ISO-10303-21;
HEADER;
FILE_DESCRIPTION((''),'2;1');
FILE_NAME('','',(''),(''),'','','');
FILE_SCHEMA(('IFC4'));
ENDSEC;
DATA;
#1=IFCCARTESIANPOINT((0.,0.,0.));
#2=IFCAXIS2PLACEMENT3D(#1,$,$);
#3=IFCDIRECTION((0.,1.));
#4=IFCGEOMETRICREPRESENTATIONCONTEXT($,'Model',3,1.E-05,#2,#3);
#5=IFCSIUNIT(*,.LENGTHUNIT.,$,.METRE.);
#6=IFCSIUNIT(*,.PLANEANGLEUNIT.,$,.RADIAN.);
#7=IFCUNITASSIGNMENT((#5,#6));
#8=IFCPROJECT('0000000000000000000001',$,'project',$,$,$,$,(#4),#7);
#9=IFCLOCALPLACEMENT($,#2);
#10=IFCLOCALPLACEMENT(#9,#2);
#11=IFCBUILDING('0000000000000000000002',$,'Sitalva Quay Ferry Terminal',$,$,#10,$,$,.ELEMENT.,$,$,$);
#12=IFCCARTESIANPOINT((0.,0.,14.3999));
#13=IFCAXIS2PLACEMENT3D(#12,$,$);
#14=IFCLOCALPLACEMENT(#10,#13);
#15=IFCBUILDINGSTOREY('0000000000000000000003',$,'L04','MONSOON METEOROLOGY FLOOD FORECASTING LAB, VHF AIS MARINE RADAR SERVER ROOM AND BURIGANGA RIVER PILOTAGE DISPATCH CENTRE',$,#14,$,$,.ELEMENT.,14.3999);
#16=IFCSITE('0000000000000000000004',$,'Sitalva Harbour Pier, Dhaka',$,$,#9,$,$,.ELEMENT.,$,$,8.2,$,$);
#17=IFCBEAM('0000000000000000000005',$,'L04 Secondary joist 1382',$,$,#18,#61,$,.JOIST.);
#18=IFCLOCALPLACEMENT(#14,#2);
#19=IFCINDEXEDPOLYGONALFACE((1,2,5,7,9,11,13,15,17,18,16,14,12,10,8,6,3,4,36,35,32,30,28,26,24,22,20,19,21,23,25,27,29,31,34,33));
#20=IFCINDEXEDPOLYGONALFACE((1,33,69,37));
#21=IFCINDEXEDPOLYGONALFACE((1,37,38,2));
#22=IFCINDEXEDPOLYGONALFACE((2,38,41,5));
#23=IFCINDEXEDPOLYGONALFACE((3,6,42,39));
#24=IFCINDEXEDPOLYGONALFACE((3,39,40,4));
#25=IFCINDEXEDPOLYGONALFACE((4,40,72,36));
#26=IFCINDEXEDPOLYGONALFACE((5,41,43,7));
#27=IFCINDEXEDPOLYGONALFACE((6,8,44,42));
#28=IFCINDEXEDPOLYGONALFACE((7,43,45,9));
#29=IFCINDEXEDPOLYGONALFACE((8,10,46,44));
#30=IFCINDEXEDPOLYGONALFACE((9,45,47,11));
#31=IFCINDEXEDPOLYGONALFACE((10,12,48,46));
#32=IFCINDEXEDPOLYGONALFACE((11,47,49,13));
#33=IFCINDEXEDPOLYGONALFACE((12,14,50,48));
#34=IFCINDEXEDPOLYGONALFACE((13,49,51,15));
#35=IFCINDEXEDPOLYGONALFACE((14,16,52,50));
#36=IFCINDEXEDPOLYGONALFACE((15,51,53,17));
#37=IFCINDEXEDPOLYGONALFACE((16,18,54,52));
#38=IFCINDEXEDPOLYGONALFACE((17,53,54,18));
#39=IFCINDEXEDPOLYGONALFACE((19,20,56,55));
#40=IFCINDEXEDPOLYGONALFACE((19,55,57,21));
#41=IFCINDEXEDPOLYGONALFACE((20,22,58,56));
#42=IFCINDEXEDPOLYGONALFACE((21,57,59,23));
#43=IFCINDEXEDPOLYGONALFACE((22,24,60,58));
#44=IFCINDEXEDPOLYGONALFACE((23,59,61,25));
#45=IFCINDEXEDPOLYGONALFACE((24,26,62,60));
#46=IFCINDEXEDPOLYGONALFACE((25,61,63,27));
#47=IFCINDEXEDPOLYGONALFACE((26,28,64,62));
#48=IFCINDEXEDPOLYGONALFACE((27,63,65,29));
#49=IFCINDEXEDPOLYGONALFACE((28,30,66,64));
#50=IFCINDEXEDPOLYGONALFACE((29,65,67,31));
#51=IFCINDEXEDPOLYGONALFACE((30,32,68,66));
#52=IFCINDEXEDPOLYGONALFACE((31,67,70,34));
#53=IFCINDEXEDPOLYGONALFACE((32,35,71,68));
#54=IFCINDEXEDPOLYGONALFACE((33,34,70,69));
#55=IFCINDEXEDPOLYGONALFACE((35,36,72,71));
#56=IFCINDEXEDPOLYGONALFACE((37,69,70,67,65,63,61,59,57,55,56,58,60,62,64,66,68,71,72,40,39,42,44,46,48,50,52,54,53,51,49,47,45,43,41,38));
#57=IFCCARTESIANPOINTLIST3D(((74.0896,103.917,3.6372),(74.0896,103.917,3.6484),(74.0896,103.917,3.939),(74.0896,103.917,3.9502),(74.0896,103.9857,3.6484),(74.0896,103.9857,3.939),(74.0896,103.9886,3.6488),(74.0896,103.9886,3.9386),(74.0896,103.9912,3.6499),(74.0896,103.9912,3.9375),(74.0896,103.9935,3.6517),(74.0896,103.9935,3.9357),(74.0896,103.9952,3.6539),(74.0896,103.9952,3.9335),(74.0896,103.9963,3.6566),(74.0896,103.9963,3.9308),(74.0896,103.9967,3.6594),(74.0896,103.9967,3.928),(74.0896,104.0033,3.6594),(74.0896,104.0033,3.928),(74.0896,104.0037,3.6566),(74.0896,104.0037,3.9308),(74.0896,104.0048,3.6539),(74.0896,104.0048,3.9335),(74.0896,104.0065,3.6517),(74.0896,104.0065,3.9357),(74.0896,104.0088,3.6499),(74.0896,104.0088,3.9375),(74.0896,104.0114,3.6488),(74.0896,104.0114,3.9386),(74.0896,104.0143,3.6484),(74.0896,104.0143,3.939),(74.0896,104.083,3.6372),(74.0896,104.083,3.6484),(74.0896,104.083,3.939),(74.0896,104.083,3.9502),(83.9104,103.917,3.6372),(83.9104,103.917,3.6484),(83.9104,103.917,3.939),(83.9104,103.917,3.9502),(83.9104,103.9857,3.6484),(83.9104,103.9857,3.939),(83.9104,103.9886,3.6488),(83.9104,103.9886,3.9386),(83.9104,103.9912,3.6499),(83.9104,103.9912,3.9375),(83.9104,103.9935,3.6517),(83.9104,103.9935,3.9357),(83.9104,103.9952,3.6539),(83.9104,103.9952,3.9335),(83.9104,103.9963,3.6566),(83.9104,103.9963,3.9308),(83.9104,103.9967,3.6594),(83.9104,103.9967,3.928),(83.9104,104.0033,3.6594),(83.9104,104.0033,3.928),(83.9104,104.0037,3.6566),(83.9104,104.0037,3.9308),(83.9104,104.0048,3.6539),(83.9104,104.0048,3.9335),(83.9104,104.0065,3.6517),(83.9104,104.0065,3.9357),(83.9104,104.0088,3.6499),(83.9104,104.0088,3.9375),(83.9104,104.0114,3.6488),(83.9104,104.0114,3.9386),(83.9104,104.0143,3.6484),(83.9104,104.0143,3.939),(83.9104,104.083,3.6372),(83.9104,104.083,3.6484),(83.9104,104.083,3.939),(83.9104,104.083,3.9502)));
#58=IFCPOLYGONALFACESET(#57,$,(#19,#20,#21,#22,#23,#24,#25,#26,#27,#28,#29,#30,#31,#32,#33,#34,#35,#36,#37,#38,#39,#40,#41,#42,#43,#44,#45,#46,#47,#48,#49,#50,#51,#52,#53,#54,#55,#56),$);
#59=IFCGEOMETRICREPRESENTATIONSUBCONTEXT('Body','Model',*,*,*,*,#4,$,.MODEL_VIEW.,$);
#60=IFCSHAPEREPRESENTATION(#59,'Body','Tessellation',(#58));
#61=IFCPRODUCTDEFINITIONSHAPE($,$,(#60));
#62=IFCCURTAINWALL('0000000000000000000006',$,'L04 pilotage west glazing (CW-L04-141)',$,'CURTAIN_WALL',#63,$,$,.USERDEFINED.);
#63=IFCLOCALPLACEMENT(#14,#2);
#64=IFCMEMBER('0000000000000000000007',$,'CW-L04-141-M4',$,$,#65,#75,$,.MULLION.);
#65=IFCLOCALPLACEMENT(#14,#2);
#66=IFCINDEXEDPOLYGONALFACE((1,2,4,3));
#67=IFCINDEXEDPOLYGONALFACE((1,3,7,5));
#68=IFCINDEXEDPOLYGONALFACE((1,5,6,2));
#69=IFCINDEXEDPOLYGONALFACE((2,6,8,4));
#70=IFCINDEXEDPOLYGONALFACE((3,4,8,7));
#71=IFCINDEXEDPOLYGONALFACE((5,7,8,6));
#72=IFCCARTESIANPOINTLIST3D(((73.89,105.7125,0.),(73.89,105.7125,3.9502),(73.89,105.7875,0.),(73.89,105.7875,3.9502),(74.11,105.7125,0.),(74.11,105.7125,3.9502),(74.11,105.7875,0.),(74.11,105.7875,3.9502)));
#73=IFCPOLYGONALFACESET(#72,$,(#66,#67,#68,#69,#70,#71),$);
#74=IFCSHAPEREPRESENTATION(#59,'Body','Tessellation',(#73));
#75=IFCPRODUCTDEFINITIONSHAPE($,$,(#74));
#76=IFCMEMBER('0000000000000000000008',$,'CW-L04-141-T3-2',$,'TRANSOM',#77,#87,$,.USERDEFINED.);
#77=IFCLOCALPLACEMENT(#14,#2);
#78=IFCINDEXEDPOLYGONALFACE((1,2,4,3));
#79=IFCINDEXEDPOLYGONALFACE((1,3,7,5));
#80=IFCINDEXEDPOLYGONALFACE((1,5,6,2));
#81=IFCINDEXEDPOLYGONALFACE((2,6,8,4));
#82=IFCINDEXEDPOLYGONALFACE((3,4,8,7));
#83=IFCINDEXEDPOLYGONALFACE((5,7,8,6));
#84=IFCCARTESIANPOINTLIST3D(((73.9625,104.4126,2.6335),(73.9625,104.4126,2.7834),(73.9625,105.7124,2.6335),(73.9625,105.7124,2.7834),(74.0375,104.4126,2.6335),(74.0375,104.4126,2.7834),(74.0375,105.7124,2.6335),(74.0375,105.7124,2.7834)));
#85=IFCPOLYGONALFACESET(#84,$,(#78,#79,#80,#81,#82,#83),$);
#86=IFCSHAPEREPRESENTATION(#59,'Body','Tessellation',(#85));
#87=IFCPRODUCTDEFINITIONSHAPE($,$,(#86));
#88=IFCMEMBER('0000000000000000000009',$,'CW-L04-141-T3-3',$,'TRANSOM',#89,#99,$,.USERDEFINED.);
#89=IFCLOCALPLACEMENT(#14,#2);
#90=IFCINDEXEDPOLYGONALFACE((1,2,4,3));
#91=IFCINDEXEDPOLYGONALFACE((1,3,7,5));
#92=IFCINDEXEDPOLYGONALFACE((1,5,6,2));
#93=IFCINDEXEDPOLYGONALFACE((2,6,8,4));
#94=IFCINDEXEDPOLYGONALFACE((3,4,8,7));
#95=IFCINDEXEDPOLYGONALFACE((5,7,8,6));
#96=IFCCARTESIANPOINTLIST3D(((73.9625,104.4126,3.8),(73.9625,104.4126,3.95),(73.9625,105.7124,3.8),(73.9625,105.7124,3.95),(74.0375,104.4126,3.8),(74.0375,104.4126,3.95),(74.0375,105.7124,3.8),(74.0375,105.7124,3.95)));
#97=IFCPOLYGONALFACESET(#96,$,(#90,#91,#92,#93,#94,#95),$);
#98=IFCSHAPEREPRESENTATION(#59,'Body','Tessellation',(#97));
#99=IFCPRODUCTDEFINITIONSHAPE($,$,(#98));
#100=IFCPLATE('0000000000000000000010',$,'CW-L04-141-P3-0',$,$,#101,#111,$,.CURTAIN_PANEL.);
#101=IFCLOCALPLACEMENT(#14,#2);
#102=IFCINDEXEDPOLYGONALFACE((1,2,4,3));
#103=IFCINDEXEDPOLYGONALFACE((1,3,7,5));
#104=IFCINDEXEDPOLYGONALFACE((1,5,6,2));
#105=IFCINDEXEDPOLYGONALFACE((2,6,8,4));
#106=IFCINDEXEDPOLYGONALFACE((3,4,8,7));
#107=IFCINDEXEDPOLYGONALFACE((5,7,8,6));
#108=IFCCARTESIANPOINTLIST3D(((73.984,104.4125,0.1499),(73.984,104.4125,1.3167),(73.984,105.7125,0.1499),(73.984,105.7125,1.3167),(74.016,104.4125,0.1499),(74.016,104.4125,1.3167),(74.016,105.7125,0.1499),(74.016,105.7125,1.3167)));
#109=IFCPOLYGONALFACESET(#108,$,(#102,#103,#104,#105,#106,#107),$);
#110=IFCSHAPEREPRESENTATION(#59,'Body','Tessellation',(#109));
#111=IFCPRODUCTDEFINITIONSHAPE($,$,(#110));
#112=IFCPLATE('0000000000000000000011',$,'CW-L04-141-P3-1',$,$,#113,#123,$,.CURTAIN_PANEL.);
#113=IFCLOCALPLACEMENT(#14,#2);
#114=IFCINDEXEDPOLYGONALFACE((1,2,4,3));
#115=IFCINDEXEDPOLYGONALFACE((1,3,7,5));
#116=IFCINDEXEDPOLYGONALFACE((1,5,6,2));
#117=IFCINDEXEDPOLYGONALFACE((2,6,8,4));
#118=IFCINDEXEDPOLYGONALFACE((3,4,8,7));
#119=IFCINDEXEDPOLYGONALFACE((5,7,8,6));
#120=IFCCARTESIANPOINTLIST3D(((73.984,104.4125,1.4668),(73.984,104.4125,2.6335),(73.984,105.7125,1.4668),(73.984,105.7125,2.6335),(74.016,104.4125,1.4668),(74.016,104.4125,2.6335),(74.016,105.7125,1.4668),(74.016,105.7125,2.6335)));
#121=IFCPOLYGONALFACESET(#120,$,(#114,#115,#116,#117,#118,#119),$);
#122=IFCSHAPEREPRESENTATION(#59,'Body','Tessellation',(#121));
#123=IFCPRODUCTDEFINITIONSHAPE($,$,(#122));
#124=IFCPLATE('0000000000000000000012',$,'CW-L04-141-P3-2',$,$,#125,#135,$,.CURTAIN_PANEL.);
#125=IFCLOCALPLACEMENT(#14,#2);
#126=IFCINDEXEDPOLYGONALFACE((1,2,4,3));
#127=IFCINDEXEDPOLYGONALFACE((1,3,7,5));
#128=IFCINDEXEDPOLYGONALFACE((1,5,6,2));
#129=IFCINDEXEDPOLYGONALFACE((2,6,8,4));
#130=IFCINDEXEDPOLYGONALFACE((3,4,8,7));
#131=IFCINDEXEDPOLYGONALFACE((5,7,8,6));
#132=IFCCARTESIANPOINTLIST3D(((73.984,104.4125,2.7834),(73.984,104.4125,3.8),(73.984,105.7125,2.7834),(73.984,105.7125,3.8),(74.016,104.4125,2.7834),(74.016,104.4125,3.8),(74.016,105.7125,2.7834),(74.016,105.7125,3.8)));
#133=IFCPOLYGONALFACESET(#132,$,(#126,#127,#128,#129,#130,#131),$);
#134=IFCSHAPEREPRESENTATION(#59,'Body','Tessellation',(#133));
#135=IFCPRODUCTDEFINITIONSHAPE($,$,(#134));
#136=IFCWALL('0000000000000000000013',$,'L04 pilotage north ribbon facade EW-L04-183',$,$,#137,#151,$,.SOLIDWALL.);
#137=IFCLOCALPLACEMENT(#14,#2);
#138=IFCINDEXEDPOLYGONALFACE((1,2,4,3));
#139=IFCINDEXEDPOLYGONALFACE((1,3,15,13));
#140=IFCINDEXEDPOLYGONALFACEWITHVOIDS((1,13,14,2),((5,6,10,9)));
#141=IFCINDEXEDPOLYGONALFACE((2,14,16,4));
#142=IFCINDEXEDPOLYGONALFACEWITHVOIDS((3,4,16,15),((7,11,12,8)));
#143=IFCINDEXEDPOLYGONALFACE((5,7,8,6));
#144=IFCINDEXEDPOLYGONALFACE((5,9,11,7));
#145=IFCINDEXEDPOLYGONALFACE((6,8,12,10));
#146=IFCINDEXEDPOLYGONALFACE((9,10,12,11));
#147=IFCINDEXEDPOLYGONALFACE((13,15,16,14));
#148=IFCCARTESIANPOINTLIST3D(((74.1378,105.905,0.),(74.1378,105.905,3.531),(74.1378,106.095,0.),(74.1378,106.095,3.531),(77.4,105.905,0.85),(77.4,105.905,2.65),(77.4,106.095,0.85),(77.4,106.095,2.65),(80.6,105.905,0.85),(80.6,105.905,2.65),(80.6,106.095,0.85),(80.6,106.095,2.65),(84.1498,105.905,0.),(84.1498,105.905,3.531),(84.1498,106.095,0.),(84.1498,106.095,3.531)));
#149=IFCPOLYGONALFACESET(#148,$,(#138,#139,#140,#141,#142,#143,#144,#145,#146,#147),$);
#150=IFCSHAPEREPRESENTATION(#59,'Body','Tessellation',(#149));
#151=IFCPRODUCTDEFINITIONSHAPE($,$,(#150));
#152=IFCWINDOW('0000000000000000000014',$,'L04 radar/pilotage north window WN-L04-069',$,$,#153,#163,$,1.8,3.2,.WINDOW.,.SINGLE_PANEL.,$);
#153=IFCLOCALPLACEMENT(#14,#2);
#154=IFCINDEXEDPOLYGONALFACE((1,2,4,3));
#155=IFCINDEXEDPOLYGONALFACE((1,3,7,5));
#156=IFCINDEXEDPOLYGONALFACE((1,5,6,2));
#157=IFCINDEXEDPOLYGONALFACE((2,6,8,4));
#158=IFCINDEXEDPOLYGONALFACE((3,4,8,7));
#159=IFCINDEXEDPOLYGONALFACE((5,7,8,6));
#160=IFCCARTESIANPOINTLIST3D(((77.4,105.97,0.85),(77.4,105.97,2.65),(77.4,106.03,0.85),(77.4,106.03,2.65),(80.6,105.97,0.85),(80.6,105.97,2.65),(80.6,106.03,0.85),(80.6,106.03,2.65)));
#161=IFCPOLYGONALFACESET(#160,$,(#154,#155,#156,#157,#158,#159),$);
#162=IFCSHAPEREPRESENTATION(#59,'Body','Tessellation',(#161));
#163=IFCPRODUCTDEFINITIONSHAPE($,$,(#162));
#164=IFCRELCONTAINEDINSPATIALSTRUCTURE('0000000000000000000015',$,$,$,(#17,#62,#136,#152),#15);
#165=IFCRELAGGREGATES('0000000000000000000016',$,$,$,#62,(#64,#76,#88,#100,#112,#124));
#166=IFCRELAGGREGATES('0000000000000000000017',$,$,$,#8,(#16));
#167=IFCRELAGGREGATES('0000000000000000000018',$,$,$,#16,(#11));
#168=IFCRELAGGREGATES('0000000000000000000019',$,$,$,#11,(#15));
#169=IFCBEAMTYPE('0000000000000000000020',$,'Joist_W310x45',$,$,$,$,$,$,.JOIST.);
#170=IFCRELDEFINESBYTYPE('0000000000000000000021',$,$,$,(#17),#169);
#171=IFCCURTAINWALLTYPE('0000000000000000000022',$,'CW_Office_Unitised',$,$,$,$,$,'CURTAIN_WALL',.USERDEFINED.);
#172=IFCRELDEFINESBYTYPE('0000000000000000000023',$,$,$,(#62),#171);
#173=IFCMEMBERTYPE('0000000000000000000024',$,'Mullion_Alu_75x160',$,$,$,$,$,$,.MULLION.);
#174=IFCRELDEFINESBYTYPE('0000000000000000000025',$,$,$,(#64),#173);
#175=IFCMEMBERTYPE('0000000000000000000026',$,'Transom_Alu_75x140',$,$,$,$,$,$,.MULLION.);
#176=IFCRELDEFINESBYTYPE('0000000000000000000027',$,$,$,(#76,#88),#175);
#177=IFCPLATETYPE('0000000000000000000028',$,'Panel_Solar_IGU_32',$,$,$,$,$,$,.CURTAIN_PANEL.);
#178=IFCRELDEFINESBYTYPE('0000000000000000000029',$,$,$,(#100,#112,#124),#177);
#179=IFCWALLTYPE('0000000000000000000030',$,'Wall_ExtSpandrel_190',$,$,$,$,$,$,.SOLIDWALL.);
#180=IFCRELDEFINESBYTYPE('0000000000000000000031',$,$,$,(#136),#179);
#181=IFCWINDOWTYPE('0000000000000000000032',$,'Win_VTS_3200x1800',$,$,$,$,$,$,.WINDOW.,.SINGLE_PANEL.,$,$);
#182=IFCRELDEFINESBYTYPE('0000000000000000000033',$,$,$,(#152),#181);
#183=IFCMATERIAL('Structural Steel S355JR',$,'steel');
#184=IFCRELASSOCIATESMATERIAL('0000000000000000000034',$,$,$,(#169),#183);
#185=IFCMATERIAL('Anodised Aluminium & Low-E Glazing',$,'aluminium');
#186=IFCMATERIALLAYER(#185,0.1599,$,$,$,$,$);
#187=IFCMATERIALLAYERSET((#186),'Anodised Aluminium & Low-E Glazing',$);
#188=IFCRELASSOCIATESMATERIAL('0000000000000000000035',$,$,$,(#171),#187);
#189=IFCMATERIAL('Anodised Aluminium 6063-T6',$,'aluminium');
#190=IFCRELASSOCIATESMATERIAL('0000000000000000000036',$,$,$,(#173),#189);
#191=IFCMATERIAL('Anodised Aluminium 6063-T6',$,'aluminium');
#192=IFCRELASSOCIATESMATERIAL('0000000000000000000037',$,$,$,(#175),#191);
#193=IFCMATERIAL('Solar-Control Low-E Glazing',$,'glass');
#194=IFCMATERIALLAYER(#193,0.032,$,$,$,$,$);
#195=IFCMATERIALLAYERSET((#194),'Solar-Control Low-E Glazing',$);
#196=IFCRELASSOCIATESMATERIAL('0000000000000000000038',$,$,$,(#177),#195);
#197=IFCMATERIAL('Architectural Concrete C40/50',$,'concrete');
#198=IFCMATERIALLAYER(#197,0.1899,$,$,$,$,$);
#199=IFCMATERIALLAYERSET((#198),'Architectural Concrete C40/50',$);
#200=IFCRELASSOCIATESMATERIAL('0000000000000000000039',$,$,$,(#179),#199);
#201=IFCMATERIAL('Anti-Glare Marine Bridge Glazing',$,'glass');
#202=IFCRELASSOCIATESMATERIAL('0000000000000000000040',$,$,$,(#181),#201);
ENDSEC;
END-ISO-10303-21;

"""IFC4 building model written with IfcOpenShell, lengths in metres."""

from ifc_helpers import new_model, si_unit, direction, frame, frame_2d, origin, origin_2d, place, context, subcontext, project, spatial, rectangle, i_section, extrude, material, layer, layer_set, material_profile, profile_set, type_object, element, fill, aggregate, save


model = new_model("IFC4")

# Units and contexts
model_context = context("Model", 3, precision=1e-05, world=origin(), true_north=direction((0.0, 1.0)))
body_context = subcontext(model_context, "Body", "Model", "MODEL_VIEW")
ifc_project = project(units=[si_unit("LENGTHUNIT", "METRE"), si_unit("PLANEANGLEUNIT", "RADIAN")], contexts=[model_context])

# Site, building, storey
site_placement = place(None, origin())
site = spatial("IfcSite", under=ifc_project, at=site_placement, Name="Sitalva Harbour Pier, Dhaka", CompositionType="ELEMENT", RefElevation=8.2)
building_placement = place(site_placement, origin())
building = spatial("IfcBuilding", under=site, at=building_placement, Name="Sitalva Quay Ferry Terminal", CompositionType="ELEMENT")
storey_placement = place(building_placement, frame((0.0, 0.0, 14.3999)))
storey = spatial("IfcBuildingStorey", under=building, at=storey_placement, Name="L04", Description="MONSOON METEOROLOGY FLOOD FORECASTING LAB, VHF AIS MARINE RADAR SERVER ROOM AND BURIGANGA RIVER PILOTAGE DISPATCH CENTRE", CompositionType="ELEMENT", Elevation=14.3999)

# Beam
ifc_material_1 = material(Name="Structural Steel S355JR", Category="steel")
ifc_material_profile_1 = material_profile(ifc_material_1, i_section(OverallWidth=0.166, OverallDepth=0.313, WebThickness=0.0066, FlangeThickness=0.0112, FilletRadius=0.011, at=origin_2d()), Name="W310x45")
ifc_profile_set_1 = profile_set([ifc_material_profile_1], Name="Structural Steel S355JR")
beam_type_1 = type_object("IfcBeamType", Name="Joist_W310x45", PredefinedType="JOIST", material=ifc_profile_set_1)
for number, where, z_axis, x_axis, name in (
    (1, (74.0896, 104.0, 3.7937), (1.0, 0.0, 0.0), (0.0, 1.0, 0.0), "L04 Secondary joist 1382"),
):
    element("IfcBeam", number, at=place(storey_placement, frame(where, z_axis=z_axis, x_axis=x_axis)), inside=storey, type_object=beam_type_1, Name=name, PredefinedType="JOIST", context=body_context, shape_type="SweptSolid", body=[
        extrude(i_section(OverallWidth=0.166, OverallDepth=0.313, WebThickness=0.0066, FlangeThickness=0.0112, FilletRadius=0.011, at=origin_2d()), origin(), (0.0, 0.0, 1.0), 9.8208),
    ])

# Curtain wall, members, plates
ifc_material_2 = material(Name="Anodised Aluminium & Low-E Glazing", Category="aluminium")
ifc_layer_1 = layer(ifc_material_2, 0.1599)
ifc_layer_set_1 = layer_set([ifc_layer_1], Name="Anodised Aluminium & Low-E Glazing")
curtain_wall_type = type_object("IfcCurtainWallType", Name="CW_Office_Unitised", ElementType="CURTAIN_WALL", PredefinedType="USERDEFINED", material=ifc_layer_set_1)
curtain_wall_placement = place(storey_placement, origin())
curtain_wall = element("IfcCurtainWall", 2, at=curtain_wall_placement, inside=storey, type_object=curtain_wall_type, Name="L04 pilotage west glazing (CW-L04-141)", ObjectType="CURTAIN_WALL", PredefinedType="USERDEFINED")
ifc_material_3 = material(Name="Anodised Aluminium 6063-T6", Category="aluminium")
ifc_material_profile_2 = material_profile(ifc_material_3, rectangle(XDim=0.075, YDim=0.22, at=origin_2d()), Name="ALU75x220")
ifc_profile_set_2 = profile_set([ifc_material_profile_2], Name="Anodised Aluminium 6063-T6")
member_type_1 = type_object("IfcMemberType", Name="Mullion_Alu_75x160", PredefinedType="MULLION", material=ifc_profile_set_2)
member_1_placement = place(storey_placement, frame((74.0, 105.75, 0.0), z_axis=(0.0, 0.0, 1.0), x_axis=(0.0, 1.0, 0.0)))
member_1 = element("IfcMember", 3, at=member_1_placement, type_object=member_type_1, Name="CW-L04-141-M4", PredefinedType="MULLION", context=body_context, shape_type="SweptSolid", body=[
    extrude(rectangle(XDim=0.075, YDim=0.22, at=origin_2d()), origin(), (0.0, 0.0, 1.0), 3.9502),
])
ifc_material_4 = material(Name="Anodised Aluminium 6063-T6", Category="aluminium")
ifc_material_profile_3 = material_profile(ifc_material_4, rectangle(XDim=0.075, YDim=0.1499, at=origin_2d()), Name="ALU75x150")
ifc_profile_set_3 = profile_set([ifc_material_profile_3], Name="Anodised Aluminium 6063-T6")
member_type_2 = type_object("IfcMemberType", Name="Transom_Alu_75x140", PredefinedType="MULLION", material=ifc_profile_set_3)
member_2_placement = place(storey_placement, frame((74.0, 104.4126, 2.7085), z_axis=(0.0, 1.0, 0.0), x_axis=(-1.0, 0.0, 0.0)))
member_2 = element("IfcMember", 4, at=member_2_placement, type_object=member_type_2, Name="CW-L04-141-T3-2", ObjectType="TRANSOM", PredefinedType="USERDEFINED", context=body_context, shape_type="SweptSolid", body=[
    extrude(rectangle(XDim=0.075, YDim=0.1499, at=origin_2d()), origin(), (0.0, 0.0, 1.0), 1.2998),
])
member_3_placement = place(storey_placement, frame((74.0, 104.4126, 3.875), z_axis=(0.0, 1.0, 0.0), x_axis=(-1.0, 0.0, 0.0)))
member_3 = element("IfcMember", 5, at=member_3_placement, type_object=member_type_2, Name="CW-L04-141-T3-3", ObjectType="TRANSOM", PredefinedType="USERDEFINED", context=body_context, shape_type="SweptSolid", body=[
    extrude(rectangle(XDim=0.075, YDim=0.1499, at=origin_2d()), origin(), (0.0, 0.0, 1.0), 1.2998),
])
ifc_material_5 = material(Name="Solar-Control Low-E Glazing", Category="glass")
ifc_layer_2 = layer(ifc_material_5, 0.032)
ifc_layer_set_2 = layer_set([ifc_layer_2], Name="Solar-Control Low-E Glazing")
plate_type = type_object("IfcPlateType", Name="Panel_Solar_IGU_32", PredefinedType="CURTAIN_PANEL", material=ifc_layer_set_2)
plate_1_placement = place(storey_placement, frame((74.0, 105.0625, 0.1499), z_axis=(0.0, 0.0, 1.0), x_axis=(0.0, 1.0, 0.0)))
plate_1 = element("IfcPlate", 6, at=plate_1_placement, type_object=plate_type, Name="CW-L04-141-P3-0", PredefinedType="CURTAIN_PANEL", context=body_context, shape_type="SweptSolid", body=[
    extrude(rectangle(XDim=1.3, YDim=0.032, at=origin_2d()), origin(), (0.0, 0.0, 1.0), 1.1667),
])
plate_2_placement = place(storey_placement, frame((74.0, 105.0625, 1.4668), z_axis=(0.0, 0.0, 1.0), x_axis=(0.0, 1.0, 0.0)))
plate_2 = element("IfcPlate", 7, at=plate_2_placement, type_object=plate_type, Name="CW-L04-141-P3-1", PredefinedType="CURTAIN_PANEL", context=body_context, shape_type="SweptSolid", body=[
    extrude(rectangle(XDim=1.3, YDim=0.032, at=origin_2d()), origin(), (0.0, 0.0, 1.0), 1.1667),
])
plate_3_placement = place(storey_placement, frame((74.0, 105.0625, 2.7834), z_axis=(0.0, 0.0, 1.0), x_axis=(0.0, 1.0, 0.0)))
plate_3 = element("IfcPlate", 8, at=plate_3_placement, type_object=plate_type, Name="CW-L04-141-P3-2", PredefinedType="CURTAIN_PANEL", context=body_context, shape_type="SweptSolid", body=[
    extrude(rectangle(XDim=1.3, YDim=0.032, at=origin_2d()), origin(), (0.0, 0.0, 1.0), 1.0166),
])
aggregate(curtain_wall, [member_1, member_2, member_3, plate_1, plate_2, plate_3])

# Wall, opening, window
ifc_material_6 = material(Name="Architectural Concrete C40/50", Category="concrete")
ifc_layer_3 = layer(ifc_material_6, 0.1899)
ifc_layer_set_3 = layer_set([ifc_layer_3], Name="Architectural Concrete C40/50")
wall_type_1 = type_object("IfcWallType", Name="Wall_ExtSpandrel_190", PredefinedType="SOLIDWALL", material=ifc_layer_set_3)
wall_1_placement = place(storey_placement, frame((74.1379, 106.0, 0.0), z_axis=(0.0, 0.0, 1.0), x_axis=(1.0, 0.0, 0.0)))
wall_1 = element("IfcWall", 9, at=wall_1_placement, inside=storey, type_object=wall_type_1, Name="L04 pilotage north ribbon facade EW-L04-183", PredefinedType="SOLIDWALL", context=body_context, shape_type="SweptSolid", body=[
    extrude(rectangle(XDim=10.012, YDim=0.1899, at=frame_2d((5.0059, 0.0))), origin(), (0.0, 0.0, 1.0), 3.531),
])
opening_1_placement = place(wall_1_placement, frame((3.262, 0.0, 0.8501)))
opening_1 = element("IfcOpeningElement", 10, at=opening_1_placement, cuts=wall_1, PredefinedType="OPENING", context=body_context, shape_type="SweptSolid", body=[
    extrude(rectangle(XDim=3.2, YDim=1.8, at=frame_2d((1.6001, 0.8999))), frame((0.0, 0.105, 0.0), z_axis=(0.0, -1.0, 0.0), x_axis=(1.0, 0.0, 0.0)), (0.0, 0.0, 1.0), 0.21),
])
ifc_material_7 = material(Name="Anti-Glare Marine Bridge Glazing", Category="glass")
window_type = type_object("IfcWindowType", Name="Win_VTS_3200x1800", PartitioningType="SINGLE_PANEL", PredefinedType="WINDOW", material=ifc_material_7)
window_placement = place(opening_1_placement, origin())
window = element("IfcWindow", 11, at=window_placement, inside=storey, type_object=window_type, Name="L04 radar/pilotage north window WN-L04-069", OverallHeight=1.8, OverallWidth=3.2, PartitioningType="SINGLE_PANEL", PredefinedType="WINDOW", context=body_context, shape_type="SweptSolid", body=[
    extrude(rectangle(XDim=3.2, YDim=1.8, at=frame_2d((1.6001, 0.8999))), frame((0.0, 0.03, 0.0), z_axis=(0.0, -1.0, 0.0), x_axis=(1.0, 0.0, 0.0)), (0.0, 0.0, 1.0), 0.0601),
])
fill(opening_1, window)

save(model, "model.ifc")
